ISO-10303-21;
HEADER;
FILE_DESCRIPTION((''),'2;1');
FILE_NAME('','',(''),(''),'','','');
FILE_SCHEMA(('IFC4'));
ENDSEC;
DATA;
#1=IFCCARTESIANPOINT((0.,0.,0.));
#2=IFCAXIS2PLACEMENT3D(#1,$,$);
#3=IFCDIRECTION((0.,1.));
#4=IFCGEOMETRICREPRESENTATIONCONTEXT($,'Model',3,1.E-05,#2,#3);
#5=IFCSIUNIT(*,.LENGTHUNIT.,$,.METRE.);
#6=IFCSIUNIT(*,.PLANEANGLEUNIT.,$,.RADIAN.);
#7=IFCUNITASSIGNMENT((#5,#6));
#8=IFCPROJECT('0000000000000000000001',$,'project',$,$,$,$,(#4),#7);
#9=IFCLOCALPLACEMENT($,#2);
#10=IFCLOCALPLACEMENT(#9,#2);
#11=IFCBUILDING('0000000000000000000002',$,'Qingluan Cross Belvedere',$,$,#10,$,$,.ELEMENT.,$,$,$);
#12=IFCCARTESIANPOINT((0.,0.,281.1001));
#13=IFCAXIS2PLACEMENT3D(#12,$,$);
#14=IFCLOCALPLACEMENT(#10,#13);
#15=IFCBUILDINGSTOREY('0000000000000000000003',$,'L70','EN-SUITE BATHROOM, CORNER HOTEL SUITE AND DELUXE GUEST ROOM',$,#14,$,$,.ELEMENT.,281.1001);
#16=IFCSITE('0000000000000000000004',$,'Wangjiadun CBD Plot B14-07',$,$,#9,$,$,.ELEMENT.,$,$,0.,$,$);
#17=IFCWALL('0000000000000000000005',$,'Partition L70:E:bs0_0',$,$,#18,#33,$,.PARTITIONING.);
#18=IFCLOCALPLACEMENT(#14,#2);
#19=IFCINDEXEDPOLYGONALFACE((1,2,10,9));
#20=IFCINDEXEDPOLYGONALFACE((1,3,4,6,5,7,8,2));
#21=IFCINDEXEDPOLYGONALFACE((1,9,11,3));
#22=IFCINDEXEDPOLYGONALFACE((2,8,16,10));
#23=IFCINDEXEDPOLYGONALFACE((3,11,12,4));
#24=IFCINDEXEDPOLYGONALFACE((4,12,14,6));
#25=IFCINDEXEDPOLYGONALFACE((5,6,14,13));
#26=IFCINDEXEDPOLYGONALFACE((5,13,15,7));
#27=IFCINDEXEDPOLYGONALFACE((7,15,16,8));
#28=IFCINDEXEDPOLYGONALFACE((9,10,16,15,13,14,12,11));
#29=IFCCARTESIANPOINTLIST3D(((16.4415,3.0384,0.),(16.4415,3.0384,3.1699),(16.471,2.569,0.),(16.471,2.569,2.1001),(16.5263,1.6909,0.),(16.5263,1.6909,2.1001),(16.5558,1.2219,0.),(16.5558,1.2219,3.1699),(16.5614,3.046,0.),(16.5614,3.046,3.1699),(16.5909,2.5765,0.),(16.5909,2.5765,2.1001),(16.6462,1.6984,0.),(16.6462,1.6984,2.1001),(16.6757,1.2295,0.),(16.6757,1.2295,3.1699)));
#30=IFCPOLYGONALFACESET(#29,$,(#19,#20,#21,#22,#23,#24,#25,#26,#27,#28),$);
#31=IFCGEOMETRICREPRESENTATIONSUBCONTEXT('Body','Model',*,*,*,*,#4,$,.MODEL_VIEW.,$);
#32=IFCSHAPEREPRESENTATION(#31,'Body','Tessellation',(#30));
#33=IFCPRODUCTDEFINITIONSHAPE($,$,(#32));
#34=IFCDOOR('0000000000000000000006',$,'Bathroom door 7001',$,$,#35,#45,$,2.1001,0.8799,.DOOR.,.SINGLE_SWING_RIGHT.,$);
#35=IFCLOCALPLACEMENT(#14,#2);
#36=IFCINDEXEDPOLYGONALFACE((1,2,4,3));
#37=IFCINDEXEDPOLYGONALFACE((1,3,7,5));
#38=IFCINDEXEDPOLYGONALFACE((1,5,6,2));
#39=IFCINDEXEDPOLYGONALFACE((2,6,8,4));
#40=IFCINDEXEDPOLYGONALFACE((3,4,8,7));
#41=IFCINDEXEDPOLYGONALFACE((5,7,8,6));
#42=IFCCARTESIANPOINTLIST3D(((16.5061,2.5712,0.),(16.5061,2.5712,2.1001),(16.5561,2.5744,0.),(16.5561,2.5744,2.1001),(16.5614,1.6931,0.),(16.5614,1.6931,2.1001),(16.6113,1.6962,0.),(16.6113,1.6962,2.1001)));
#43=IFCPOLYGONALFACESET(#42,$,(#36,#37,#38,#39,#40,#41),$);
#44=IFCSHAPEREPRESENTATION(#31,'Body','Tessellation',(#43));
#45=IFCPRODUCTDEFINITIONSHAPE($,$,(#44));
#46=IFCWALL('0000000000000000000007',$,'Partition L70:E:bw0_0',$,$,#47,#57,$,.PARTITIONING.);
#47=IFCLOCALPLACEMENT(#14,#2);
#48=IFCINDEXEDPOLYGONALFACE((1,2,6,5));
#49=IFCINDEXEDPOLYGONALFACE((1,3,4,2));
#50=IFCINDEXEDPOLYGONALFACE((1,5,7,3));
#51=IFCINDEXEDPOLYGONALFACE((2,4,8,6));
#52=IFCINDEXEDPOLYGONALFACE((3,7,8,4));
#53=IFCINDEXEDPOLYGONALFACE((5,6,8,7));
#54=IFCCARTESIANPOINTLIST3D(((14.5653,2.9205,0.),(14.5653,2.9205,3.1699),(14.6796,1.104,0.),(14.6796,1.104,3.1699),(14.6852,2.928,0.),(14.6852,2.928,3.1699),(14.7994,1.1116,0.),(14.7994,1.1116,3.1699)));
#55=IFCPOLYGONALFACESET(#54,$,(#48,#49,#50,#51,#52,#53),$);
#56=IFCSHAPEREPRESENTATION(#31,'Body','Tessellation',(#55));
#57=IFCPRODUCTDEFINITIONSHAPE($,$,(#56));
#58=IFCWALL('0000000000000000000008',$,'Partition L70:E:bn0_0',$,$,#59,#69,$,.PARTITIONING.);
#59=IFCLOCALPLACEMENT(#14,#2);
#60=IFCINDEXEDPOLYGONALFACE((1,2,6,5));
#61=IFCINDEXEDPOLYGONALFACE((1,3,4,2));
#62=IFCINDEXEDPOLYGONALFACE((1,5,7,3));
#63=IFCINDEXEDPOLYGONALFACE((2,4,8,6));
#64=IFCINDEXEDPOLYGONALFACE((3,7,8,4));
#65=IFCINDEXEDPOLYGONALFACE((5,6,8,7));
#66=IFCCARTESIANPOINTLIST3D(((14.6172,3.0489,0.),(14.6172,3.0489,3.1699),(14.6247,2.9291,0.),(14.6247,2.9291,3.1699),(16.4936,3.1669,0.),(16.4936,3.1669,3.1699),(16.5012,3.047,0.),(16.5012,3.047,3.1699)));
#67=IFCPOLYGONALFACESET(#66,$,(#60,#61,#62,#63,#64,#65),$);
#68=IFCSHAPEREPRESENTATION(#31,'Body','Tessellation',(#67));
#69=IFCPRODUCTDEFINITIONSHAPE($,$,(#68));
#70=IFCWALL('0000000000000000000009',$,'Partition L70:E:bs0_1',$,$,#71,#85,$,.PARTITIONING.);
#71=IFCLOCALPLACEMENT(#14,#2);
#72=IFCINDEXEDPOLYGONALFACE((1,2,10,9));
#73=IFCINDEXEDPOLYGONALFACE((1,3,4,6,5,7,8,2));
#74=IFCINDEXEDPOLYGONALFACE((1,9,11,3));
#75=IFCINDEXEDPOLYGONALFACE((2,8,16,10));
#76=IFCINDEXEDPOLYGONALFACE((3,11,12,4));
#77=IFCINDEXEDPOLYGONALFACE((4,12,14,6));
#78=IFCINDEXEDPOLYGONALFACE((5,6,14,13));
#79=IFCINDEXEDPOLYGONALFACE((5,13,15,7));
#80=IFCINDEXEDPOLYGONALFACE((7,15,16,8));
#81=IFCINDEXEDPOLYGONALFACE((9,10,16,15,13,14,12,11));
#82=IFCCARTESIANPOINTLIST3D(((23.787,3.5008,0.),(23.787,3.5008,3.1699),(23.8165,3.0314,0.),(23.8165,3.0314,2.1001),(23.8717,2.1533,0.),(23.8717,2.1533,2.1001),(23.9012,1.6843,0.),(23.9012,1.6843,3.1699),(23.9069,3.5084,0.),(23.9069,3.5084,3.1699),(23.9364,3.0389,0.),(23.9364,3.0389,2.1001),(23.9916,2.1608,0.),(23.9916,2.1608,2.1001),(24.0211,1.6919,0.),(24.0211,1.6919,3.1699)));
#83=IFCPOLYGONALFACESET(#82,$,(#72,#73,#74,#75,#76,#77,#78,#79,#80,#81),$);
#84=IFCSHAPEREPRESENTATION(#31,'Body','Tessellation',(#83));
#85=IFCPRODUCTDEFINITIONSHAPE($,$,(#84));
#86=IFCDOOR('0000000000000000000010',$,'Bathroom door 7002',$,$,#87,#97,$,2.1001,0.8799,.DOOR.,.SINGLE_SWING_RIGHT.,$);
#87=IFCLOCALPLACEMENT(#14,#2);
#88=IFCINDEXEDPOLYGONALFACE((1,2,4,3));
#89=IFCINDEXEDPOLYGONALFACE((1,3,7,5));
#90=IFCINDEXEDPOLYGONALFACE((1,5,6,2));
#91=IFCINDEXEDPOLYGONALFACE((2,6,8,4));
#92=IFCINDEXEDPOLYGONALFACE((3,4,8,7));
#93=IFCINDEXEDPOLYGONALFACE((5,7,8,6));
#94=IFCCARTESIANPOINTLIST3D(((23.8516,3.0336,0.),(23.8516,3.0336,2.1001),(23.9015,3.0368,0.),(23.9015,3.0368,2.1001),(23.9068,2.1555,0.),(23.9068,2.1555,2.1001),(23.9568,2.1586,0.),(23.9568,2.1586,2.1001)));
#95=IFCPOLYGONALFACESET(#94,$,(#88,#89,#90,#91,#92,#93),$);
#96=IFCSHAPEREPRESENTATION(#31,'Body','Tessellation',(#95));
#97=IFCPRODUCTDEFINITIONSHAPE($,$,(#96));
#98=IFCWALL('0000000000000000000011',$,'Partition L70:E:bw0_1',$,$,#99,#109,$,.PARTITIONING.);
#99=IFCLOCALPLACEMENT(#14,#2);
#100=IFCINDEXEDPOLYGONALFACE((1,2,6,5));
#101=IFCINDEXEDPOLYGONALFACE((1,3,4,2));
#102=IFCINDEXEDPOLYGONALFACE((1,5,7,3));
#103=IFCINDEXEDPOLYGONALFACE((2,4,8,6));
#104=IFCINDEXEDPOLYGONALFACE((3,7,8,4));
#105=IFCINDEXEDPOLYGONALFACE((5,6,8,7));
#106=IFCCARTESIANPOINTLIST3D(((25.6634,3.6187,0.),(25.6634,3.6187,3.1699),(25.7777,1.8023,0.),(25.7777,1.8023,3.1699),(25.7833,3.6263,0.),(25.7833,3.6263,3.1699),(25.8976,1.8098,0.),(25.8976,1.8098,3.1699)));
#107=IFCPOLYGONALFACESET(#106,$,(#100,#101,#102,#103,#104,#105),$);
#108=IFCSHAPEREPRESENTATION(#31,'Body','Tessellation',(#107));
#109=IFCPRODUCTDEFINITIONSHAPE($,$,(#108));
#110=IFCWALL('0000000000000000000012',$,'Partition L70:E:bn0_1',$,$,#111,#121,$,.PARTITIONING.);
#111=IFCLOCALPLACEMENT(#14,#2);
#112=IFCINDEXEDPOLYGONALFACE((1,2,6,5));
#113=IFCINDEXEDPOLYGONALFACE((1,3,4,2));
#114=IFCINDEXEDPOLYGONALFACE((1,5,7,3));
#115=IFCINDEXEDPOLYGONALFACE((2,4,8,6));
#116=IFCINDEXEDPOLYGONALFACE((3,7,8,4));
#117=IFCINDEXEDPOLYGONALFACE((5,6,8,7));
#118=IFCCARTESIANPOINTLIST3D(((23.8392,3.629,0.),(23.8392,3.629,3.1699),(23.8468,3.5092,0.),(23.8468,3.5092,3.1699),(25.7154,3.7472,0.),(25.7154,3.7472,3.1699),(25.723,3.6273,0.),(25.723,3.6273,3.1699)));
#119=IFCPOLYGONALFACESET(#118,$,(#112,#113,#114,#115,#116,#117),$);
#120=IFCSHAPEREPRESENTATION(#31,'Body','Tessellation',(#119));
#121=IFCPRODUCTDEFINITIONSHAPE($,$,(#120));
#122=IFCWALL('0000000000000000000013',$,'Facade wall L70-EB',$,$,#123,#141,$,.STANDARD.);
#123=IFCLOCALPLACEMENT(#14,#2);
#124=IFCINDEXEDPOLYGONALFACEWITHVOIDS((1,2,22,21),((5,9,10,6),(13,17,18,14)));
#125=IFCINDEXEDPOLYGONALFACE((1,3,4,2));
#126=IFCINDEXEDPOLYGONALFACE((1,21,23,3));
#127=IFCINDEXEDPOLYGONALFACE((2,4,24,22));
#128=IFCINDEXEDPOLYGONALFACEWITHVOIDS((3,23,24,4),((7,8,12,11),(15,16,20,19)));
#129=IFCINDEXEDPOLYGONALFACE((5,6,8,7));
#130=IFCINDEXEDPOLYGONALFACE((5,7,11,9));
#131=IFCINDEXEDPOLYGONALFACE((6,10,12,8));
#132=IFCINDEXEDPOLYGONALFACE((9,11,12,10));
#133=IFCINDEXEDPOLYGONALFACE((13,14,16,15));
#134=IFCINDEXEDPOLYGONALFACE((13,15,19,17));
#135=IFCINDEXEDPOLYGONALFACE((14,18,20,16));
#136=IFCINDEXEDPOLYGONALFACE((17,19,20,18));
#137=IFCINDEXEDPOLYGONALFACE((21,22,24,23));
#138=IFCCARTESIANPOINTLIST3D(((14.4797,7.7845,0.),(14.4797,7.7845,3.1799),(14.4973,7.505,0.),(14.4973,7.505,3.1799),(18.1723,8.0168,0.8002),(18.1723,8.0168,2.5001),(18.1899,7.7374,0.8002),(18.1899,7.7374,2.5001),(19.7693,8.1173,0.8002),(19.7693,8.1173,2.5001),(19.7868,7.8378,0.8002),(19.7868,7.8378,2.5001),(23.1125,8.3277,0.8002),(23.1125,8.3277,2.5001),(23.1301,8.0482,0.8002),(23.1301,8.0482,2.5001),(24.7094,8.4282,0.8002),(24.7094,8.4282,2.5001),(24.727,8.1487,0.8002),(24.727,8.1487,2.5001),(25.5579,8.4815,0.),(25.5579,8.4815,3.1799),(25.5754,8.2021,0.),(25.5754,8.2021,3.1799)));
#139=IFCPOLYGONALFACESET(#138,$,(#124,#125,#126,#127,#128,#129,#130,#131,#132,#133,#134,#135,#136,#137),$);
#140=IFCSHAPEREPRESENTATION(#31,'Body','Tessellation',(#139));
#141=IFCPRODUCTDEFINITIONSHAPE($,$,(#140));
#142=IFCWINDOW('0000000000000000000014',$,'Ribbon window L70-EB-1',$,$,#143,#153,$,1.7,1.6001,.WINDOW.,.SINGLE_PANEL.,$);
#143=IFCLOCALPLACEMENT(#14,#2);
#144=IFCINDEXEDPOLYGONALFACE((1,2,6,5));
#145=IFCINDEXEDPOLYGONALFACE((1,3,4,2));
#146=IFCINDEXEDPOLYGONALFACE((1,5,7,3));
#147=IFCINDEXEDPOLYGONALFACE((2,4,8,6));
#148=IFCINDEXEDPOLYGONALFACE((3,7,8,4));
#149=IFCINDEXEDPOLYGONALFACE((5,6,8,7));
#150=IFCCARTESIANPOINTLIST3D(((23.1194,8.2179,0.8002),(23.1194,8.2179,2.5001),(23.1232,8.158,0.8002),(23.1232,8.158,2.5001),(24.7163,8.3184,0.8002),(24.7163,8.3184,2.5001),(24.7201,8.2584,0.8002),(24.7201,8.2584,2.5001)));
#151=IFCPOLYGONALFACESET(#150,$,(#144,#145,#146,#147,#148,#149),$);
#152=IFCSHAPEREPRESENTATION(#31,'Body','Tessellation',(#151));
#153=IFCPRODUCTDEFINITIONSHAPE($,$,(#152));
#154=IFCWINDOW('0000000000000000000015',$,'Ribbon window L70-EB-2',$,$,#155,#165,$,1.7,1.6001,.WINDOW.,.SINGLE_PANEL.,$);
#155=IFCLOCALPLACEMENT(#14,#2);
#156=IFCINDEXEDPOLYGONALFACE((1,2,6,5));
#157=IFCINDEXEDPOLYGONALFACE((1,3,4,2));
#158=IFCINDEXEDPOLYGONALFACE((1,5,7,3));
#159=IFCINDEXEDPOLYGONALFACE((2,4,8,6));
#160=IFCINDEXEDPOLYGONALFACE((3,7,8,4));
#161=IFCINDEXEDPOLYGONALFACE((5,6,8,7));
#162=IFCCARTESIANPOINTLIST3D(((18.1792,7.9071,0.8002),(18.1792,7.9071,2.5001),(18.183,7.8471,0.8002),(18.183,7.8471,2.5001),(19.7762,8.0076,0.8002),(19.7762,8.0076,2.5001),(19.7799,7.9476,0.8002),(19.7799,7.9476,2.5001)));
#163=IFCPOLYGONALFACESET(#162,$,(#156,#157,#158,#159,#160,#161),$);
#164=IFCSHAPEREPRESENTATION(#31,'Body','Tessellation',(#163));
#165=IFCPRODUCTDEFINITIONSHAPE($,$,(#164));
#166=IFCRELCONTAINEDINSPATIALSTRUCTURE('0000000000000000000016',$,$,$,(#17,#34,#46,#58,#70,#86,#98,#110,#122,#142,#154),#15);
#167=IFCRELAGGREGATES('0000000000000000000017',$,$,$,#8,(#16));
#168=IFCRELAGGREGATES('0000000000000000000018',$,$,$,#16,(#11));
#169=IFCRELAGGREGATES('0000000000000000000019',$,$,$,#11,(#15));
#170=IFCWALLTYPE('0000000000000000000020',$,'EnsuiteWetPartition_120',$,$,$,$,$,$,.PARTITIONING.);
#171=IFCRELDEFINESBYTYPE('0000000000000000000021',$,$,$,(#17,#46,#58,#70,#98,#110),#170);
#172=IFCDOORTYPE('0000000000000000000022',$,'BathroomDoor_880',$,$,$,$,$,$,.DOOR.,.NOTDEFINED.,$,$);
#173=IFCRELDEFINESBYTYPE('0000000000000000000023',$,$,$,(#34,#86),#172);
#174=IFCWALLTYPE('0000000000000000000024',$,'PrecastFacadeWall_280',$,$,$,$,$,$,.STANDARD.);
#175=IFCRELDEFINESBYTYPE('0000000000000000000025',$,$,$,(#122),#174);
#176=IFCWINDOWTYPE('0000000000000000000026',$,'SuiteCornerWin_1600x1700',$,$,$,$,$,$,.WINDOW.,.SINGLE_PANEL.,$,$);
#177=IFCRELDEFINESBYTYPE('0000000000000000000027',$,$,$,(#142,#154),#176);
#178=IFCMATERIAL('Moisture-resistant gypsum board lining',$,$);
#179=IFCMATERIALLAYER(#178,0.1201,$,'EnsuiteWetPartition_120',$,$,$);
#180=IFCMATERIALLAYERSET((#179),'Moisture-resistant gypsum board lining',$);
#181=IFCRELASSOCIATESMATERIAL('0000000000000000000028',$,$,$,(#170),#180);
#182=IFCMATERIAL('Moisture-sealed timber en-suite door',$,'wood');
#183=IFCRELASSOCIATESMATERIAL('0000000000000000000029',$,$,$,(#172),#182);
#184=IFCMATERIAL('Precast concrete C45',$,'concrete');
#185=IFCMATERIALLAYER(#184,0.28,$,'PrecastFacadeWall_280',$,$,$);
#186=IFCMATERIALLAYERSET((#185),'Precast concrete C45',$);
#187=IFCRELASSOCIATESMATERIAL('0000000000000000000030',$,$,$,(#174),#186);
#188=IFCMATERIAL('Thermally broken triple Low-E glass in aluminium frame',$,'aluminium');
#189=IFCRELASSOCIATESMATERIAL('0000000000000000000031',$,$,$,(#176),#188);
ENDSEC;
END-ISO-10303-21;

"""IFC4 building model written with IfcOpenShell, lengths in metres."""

from ifc_helpers import new_model, si_unit, direction, frame, frame_2d, origin, place, context, subcontext, project, spatial, rectangle, extrude, material, layer, layer_set, type_object, element, fill, save


model = new_model("IFC4")

# Units and contexts
model_context = context("Model", 3, precision=1e-05, world=origin(), true_north=direction((0.0, 1.0)))
body_context = subcontext(model_context, "Body", "Model", "MODEL_VIEW")
ifc_project = project(units=[si_unit("LENGTHUNIT", "METRE"), si_unit("PLANEANGLEUNIT", "RADIAN")], contexts=[model_context])

# Site, building, storey
site_placement = place(None, origin())
site = spatial("IfcSite", under=ifc_project, at=site_placement, Name="Wangjiadun CBD Plot B14-07", CompositionType="ELEMENT", RefElevation=0.0)
building_placement = place(site_placement, origin())
building = spatial("IfcBuilding", under=site, at=building_placement, Name="Qingluan Cross Belvedere", CompositionType="ELEMENT")
storey_placement = place(building_placement, frame((0.0, 0.0, 281.1001)))
storey = spatial("IfcBuildingStorey", under=building, at=storey_placement, Name="L70", Description="EN-SUITE BATHROOM, CORNER HOTEL SUITE AND DELUXE GUEST ROOM", CompositionType="ELEMENT", Elevation=281.1001)

# Wall, opening, door
ifc_material_1 = material(Name="Moisture-resistant gypsum board lining")
ifc_layer_1 = layer(ifc_material_1, 0.1201, Name="EnsuiteWetPartition_120")
ifc_layer_set_1 = layer_set([ifc_layer_1], Name="Moisture-resistant gypsum board lining")
wall_type_1 = type_object("IfcWallType", Name="EnsuiteWetPartition_120", PredefinedType="PARTITIONING", material=ifc_layer_set_1)
wall_1_placement = place(storey_placement, frame((16.6157, 1.2256, 0.0), z_axis=(0.0, 0.0, 1.0), x_axis=(-0.062779, 0.998027, 0.0)))
wall_1 = element("IfcWall", 1, at=wall_1_placement, inside=storey, type_object=wall_type_1, Name="Partition L70:E:bs0_0", PredefinedType="PARTITIONING", context=body_context, shape_type="SweptSolid", body=[
    extrude(rectangle(XDim=1.8201, YDim=0.1201, at=frame_2d((0.9102, 0.0))), origin(), (0.0, 0.0, 1.0), 3.1699),
])
opening_1_placement = place(wall_1_placement, frame((0.47, 0.0, 0.0)))
opening_1 = element("IfcOpeningElement", 2, at=opening_1_placement, cuts=wall_1, PredefinedType="OPENING", context=body_context, shape_type="SweptSolid", body=[
    extrude(rectangle(XDim=0.8799, YDim=2.1001, at=frame_2d((0.4399, 1.05))), frame((0.0, 0.0701, 0.0), z_axis=(0.0, -1.0, 0.0), x_axis=(1.0, 0.0, 0.0)), (0.0, 0.0, 1.0), 0.1401),
])
ifc_material_2 = material(Name="Moisture-sealed timber en-suite door", Category="wood")
door_type_1 = type_object("IfcDoorType", Name="BathroomDoor_880", OperationType="NOTDEFINED", PredefinedType="DOOR", material=ifc_material_2)
door_1_placement = place(opening_1_placement, origin())
door_1 = element("IfcDoor", 3, at=door_1_placement, inside=storey, type_object=door_type_1, Name="Bathroom door 7001", OperationType="SINGLE_SWING_RIGHT", OverallHeight=2.1001, OverallWidth=0.8799, PredefinedType="DOOR", context=body_context, shape_type="SweptSolid", body=[
    extrude(rectangle(XDim=0.8799, YDim=2.1001, at=frame_2d((0.4399, 1.05))), frame((0.0, 0.0249, 0.0), z_axis=(0.0, -1.0, 0.0), x_axis=(1.0, 0.0, 0.0)), (0.0, 0.0, 1.0), 0.05),
])
fill(opening_1, door_1)

# Walls
wall_2_placement = place(storey_placement, frame((14.7395, 1.1077, 0.0), z_axis=(0.0, 0.0, 1.0), x_axis=(-0.062779, 0.998027, 0.0)))
element("IfcWall", 4, at=wall_2_placement, inside=storey, type_object=wall_type_1, Name="Partition L70:E:bw0_0", PredefinedType="PARTITIONING", context=body_context, shape_type="SweptSolid", body=[
    extrude(rectangle(XDim=1.8201, YDim=0.1201, at=frame_2d((0.9102, 0.0))), origin(), (0.0, 0.0, 1.0), 3.1699),
])
wall_3_placement = place(storey_placement, frame((14.6211, 2.989, 0.0), z_axis=(0.0, 0.0, 1.0), x_axis=(0.998031, 0.062718, 0.0)))
element("IfcWall", 5, at=wall_3_placement, inside=storey, type_object=wall_type_1, Name="Partition L70:E:bn0_0", PredefinedType="PARTITIONING", context=body_context, shape_type="SweptSolid", body=[
    extrude(rectangle(XDim=1.8801, YDim=0.1201, at=frame_2d((0.9399, 0.0))), origin(), (0.0, 0.0, 1.0), 3.1699),
])

# Wall, opening, door
wall_4_placement = place(storey_placement, frame((23.9612, 1.688, 0.0), z_axis=(0.0, 0.0, 1.0), x_axis=(-0.062779, 0.998027, 0.0)))
wall_4 = element("IfcWall", 6, at=wall_4_placement, inside=storey, type_object=wall_type_1, Name="Partition L70:E:bs0_1", PredefinedType="PARTITIONING", context=body_context, shape_type="SweptSolid", body=[
    extrude(rectangle(XDim=1.8201, YDim=0.1201, at=frame_2d((0.9102, 0.0))), origin(), (0.0, 0.0, 1.0), 3.1699),
])
opening_2_placement = place(wall_4_placement, frame((0.47, 0.0, 0.0)))
opening_2 = element("IfcOpeningElement", 7, at=opening_2_placement, cuts=wall_4, PredefinedType="OPENING", context=body_context, shape_type="SweptSolid", body=[
    extrude(rectangle(XDim=0.8799, YDim=2.1001, at=frame_2d((0.4399, 1.05))), frame((0.0, 0.0701, 0.0), z_axis=(0.0, -1.0, 0.0), x_axis=(1.0, 0.0, 0.0)), (0.0, 0.0, 1.0), 0.1401),
])
door_2_placement = place(opening_2_placement, origin())
door_2 = element("IfcDoor", 8, at=door_2_placement, inside=storey, type_object=door_type_1, Name="Bathroom door 7002", OperationType="SINGLE_SWING_RIGHT", OverallHeight=2.1001, OverallWidth=0.8799, PredefinedType="DOOR", context=body_context, shape_type="SweptSolid", body=[
    extrude(rectangle(XDim=0.8799, YDim=2.1001, at=frame_2d((0.4399, 1.05))), frame((0.0, 0.0249, 0.0), z_axis=(0.0, -1.0, 0.0), x_axis=(1.0, 0.0, 0.0)), (0.0, 0.0, 1.0), 0.05),
])
fill(opening_2, door_2)

# Walls
wall_5_placement = place(storey_placement, frame((25.8376, 1.8059, 0.0), z_axis=(0.0, 0.0, 1.0), x_axis=(-0.062779, 0.998027, 0.0)))
element("IfcWall", 9, at=wall_5_placement, inside=storey, type_object=wall_type_1, Name="Partition L70:E:bw0_1", PredefinedType="PARTITIONING", context=body_context, shape_type="SweptSolid", body=[
    extrude(rectangle(XDim=1.8201, YDim=0.1201, at=frame_2d((0.9102, 0.0))), origin(), (0.0, 0.0, 1.0), 3.1699),
])
wall_6_placement = place(storey_placement, frame((23.843, 3.5691, 0.0), z_axis=(0.0, 0.0, 1.0), x_axis=(0.998023, 0.062855, 0.0)))
element("IfcWall", 10, at=wall_6_placement, inside=storey, type_object=wall_type_1, Name="Partition L70:E:bn0_1", PredefinedType="PARTITIONING", context=body_context, shape_type="SweptSolid", body=[
    extrude(rectangle(XDim=1.8799, YDim=0.1201, at=frame_2d((0.9399, 0.0))), origin(), (0.0, 0.0, 1.0), 3.1699),
])

# Wall, openings, windows
ifc_material_3 = material(Name="Precast concrete C45", Category="concrete")
ifc_layer_2 = layer(ifc_material_3, 0.28, Name="PrecastFacadeWall_280")
ifc_layer_set_2 = layer_set([ifc_layer_2], Name="Precast concrete C45")
wall_type_2 = type_object("IfcWallType", Name="PrecastFacadeWall_280", PredefinedType="STANDARD", material=ifc_layer_set_2)
wall_7_placement = place(storey_placement, frame((25.5667, 8.3418, 0.0), z_axis=(0.0, 0.0, 1.0), x_axis=(-0.998026, -0.062795, 0.0)))
wall_7 = element("IfcWall", 11, at=wall_7_placement, inside=storey, type_object=wall_type_2, Name="Facade wall L70-EB", PredefinedType="STANDARD", context=body_context, shape_type="SweptSolid", body=[
    extrude(rectangle(XDim=11.1001, YDim=0.28, at=frame_2d((5.55, 0.0))), origin(), (0.0, 0.0, 1.0), 3.1799),
])
opening_3_placement = place(wall_7_placement, frame((0.8501, 0.0, 0.8)))
opening_3 = element("IfcOpeningElement", 12, at=opening_3_placement, cuts=wall_7, PredefinedType="OPENING", context=body_context, shape_type="SweptSolid", body=[
    extrude(rectangle(XDim=1.6001, YDim=1.7, at=frame_2d((0.8, 0.8501))), frame((0.0, 0.1499, 0.0), z_axis=(0.0, -1.0, 0.0), x_axis=(1.0, 0.0, 0.0)), (0.0, 0.0, 1.0), 0.3),
])
opening_4_placement = place(wall_7_placement, frame((5.8, 0.0, 0.8)))
opening_4 = element("IfcOpeningElement", 13, at=opening_4_placement, cuts=wall_7, PredefinedType="OPENING", context=body_context, shape_type="SweptSolid", body=[
    extrude(rectangle(XDim=1.6001, YDim=1.7, at=frame_2d((0.8, 0.8501))), frame((0.0, 0.1499, 0.0), z_axis=(0.0, -1.0, 0.0), x_axis=(1.0, 0.0, 0.0)), (0.0, 0.0, 1.0), 0.3),
])
ifc_material_4 = material(Name="Thermally broken triple Low-E glass in aluminium frame", Category="aluminium")
window_type = type_object("IfcWindowType", Name="SuiteCornerWin_1600x1700", PartitioningType="SINGLE_PANEL", PredefinedType="WINDOW", material=ifc_material_4)
window_1_placement = place(opening_3_placement, origin())
window_1 = element("IfcWindow", 14, at=window_1_placement, inside=storey, type_object=window_type, Name="Ribbon window L70-EB-1", OverallHeight=1.7, OverallWidth=1.6001, PartitioningType="SINGLE_PANEL", PredefinedType="WINDOW", context=body_context, shape_type="SweptSolid", body=[
    extrude(rectangle(XDim=1.6001, YDim=1.7, at=frame_2d((0.8, 0.8501))), frame((0.0, 0.03, 0.0), z_axis=(0.0, -1.0, 0.0), x_axis=(1.0, 0.0, 0.0)), (0.0, 0.0, 1.0), 0.0601),
])
fill(opening_3, window_1)
window_2_placement = place(opening_4_placement, origin())
window_2 = element("IfcWindow", 15, at=window_2_placement, inside=storey, type_object=window_type, Name="Ribbon window L70-EB-2", OverallHeight=1.7, OverallWidth=1.6001, PartitioningType="SINGLE_PANEL", PredefinedType="WINDOW", context=body_context, shape_type="SweptSolid", body=[
    extrude(rectangle(XDim=1.6001, YDim=1.7, at=frame_2d((0.8, 0.8501))), frame((0.0, 0.03, 0.0), z_axis=(0.0, -1.0, 0.0), x_axis=(1.0, 0.0, 0.0)), (0.0, 0.0, 1.0), 0.0601),
])
fill(opening_4, window_2)

save(model, "model.ifc")
